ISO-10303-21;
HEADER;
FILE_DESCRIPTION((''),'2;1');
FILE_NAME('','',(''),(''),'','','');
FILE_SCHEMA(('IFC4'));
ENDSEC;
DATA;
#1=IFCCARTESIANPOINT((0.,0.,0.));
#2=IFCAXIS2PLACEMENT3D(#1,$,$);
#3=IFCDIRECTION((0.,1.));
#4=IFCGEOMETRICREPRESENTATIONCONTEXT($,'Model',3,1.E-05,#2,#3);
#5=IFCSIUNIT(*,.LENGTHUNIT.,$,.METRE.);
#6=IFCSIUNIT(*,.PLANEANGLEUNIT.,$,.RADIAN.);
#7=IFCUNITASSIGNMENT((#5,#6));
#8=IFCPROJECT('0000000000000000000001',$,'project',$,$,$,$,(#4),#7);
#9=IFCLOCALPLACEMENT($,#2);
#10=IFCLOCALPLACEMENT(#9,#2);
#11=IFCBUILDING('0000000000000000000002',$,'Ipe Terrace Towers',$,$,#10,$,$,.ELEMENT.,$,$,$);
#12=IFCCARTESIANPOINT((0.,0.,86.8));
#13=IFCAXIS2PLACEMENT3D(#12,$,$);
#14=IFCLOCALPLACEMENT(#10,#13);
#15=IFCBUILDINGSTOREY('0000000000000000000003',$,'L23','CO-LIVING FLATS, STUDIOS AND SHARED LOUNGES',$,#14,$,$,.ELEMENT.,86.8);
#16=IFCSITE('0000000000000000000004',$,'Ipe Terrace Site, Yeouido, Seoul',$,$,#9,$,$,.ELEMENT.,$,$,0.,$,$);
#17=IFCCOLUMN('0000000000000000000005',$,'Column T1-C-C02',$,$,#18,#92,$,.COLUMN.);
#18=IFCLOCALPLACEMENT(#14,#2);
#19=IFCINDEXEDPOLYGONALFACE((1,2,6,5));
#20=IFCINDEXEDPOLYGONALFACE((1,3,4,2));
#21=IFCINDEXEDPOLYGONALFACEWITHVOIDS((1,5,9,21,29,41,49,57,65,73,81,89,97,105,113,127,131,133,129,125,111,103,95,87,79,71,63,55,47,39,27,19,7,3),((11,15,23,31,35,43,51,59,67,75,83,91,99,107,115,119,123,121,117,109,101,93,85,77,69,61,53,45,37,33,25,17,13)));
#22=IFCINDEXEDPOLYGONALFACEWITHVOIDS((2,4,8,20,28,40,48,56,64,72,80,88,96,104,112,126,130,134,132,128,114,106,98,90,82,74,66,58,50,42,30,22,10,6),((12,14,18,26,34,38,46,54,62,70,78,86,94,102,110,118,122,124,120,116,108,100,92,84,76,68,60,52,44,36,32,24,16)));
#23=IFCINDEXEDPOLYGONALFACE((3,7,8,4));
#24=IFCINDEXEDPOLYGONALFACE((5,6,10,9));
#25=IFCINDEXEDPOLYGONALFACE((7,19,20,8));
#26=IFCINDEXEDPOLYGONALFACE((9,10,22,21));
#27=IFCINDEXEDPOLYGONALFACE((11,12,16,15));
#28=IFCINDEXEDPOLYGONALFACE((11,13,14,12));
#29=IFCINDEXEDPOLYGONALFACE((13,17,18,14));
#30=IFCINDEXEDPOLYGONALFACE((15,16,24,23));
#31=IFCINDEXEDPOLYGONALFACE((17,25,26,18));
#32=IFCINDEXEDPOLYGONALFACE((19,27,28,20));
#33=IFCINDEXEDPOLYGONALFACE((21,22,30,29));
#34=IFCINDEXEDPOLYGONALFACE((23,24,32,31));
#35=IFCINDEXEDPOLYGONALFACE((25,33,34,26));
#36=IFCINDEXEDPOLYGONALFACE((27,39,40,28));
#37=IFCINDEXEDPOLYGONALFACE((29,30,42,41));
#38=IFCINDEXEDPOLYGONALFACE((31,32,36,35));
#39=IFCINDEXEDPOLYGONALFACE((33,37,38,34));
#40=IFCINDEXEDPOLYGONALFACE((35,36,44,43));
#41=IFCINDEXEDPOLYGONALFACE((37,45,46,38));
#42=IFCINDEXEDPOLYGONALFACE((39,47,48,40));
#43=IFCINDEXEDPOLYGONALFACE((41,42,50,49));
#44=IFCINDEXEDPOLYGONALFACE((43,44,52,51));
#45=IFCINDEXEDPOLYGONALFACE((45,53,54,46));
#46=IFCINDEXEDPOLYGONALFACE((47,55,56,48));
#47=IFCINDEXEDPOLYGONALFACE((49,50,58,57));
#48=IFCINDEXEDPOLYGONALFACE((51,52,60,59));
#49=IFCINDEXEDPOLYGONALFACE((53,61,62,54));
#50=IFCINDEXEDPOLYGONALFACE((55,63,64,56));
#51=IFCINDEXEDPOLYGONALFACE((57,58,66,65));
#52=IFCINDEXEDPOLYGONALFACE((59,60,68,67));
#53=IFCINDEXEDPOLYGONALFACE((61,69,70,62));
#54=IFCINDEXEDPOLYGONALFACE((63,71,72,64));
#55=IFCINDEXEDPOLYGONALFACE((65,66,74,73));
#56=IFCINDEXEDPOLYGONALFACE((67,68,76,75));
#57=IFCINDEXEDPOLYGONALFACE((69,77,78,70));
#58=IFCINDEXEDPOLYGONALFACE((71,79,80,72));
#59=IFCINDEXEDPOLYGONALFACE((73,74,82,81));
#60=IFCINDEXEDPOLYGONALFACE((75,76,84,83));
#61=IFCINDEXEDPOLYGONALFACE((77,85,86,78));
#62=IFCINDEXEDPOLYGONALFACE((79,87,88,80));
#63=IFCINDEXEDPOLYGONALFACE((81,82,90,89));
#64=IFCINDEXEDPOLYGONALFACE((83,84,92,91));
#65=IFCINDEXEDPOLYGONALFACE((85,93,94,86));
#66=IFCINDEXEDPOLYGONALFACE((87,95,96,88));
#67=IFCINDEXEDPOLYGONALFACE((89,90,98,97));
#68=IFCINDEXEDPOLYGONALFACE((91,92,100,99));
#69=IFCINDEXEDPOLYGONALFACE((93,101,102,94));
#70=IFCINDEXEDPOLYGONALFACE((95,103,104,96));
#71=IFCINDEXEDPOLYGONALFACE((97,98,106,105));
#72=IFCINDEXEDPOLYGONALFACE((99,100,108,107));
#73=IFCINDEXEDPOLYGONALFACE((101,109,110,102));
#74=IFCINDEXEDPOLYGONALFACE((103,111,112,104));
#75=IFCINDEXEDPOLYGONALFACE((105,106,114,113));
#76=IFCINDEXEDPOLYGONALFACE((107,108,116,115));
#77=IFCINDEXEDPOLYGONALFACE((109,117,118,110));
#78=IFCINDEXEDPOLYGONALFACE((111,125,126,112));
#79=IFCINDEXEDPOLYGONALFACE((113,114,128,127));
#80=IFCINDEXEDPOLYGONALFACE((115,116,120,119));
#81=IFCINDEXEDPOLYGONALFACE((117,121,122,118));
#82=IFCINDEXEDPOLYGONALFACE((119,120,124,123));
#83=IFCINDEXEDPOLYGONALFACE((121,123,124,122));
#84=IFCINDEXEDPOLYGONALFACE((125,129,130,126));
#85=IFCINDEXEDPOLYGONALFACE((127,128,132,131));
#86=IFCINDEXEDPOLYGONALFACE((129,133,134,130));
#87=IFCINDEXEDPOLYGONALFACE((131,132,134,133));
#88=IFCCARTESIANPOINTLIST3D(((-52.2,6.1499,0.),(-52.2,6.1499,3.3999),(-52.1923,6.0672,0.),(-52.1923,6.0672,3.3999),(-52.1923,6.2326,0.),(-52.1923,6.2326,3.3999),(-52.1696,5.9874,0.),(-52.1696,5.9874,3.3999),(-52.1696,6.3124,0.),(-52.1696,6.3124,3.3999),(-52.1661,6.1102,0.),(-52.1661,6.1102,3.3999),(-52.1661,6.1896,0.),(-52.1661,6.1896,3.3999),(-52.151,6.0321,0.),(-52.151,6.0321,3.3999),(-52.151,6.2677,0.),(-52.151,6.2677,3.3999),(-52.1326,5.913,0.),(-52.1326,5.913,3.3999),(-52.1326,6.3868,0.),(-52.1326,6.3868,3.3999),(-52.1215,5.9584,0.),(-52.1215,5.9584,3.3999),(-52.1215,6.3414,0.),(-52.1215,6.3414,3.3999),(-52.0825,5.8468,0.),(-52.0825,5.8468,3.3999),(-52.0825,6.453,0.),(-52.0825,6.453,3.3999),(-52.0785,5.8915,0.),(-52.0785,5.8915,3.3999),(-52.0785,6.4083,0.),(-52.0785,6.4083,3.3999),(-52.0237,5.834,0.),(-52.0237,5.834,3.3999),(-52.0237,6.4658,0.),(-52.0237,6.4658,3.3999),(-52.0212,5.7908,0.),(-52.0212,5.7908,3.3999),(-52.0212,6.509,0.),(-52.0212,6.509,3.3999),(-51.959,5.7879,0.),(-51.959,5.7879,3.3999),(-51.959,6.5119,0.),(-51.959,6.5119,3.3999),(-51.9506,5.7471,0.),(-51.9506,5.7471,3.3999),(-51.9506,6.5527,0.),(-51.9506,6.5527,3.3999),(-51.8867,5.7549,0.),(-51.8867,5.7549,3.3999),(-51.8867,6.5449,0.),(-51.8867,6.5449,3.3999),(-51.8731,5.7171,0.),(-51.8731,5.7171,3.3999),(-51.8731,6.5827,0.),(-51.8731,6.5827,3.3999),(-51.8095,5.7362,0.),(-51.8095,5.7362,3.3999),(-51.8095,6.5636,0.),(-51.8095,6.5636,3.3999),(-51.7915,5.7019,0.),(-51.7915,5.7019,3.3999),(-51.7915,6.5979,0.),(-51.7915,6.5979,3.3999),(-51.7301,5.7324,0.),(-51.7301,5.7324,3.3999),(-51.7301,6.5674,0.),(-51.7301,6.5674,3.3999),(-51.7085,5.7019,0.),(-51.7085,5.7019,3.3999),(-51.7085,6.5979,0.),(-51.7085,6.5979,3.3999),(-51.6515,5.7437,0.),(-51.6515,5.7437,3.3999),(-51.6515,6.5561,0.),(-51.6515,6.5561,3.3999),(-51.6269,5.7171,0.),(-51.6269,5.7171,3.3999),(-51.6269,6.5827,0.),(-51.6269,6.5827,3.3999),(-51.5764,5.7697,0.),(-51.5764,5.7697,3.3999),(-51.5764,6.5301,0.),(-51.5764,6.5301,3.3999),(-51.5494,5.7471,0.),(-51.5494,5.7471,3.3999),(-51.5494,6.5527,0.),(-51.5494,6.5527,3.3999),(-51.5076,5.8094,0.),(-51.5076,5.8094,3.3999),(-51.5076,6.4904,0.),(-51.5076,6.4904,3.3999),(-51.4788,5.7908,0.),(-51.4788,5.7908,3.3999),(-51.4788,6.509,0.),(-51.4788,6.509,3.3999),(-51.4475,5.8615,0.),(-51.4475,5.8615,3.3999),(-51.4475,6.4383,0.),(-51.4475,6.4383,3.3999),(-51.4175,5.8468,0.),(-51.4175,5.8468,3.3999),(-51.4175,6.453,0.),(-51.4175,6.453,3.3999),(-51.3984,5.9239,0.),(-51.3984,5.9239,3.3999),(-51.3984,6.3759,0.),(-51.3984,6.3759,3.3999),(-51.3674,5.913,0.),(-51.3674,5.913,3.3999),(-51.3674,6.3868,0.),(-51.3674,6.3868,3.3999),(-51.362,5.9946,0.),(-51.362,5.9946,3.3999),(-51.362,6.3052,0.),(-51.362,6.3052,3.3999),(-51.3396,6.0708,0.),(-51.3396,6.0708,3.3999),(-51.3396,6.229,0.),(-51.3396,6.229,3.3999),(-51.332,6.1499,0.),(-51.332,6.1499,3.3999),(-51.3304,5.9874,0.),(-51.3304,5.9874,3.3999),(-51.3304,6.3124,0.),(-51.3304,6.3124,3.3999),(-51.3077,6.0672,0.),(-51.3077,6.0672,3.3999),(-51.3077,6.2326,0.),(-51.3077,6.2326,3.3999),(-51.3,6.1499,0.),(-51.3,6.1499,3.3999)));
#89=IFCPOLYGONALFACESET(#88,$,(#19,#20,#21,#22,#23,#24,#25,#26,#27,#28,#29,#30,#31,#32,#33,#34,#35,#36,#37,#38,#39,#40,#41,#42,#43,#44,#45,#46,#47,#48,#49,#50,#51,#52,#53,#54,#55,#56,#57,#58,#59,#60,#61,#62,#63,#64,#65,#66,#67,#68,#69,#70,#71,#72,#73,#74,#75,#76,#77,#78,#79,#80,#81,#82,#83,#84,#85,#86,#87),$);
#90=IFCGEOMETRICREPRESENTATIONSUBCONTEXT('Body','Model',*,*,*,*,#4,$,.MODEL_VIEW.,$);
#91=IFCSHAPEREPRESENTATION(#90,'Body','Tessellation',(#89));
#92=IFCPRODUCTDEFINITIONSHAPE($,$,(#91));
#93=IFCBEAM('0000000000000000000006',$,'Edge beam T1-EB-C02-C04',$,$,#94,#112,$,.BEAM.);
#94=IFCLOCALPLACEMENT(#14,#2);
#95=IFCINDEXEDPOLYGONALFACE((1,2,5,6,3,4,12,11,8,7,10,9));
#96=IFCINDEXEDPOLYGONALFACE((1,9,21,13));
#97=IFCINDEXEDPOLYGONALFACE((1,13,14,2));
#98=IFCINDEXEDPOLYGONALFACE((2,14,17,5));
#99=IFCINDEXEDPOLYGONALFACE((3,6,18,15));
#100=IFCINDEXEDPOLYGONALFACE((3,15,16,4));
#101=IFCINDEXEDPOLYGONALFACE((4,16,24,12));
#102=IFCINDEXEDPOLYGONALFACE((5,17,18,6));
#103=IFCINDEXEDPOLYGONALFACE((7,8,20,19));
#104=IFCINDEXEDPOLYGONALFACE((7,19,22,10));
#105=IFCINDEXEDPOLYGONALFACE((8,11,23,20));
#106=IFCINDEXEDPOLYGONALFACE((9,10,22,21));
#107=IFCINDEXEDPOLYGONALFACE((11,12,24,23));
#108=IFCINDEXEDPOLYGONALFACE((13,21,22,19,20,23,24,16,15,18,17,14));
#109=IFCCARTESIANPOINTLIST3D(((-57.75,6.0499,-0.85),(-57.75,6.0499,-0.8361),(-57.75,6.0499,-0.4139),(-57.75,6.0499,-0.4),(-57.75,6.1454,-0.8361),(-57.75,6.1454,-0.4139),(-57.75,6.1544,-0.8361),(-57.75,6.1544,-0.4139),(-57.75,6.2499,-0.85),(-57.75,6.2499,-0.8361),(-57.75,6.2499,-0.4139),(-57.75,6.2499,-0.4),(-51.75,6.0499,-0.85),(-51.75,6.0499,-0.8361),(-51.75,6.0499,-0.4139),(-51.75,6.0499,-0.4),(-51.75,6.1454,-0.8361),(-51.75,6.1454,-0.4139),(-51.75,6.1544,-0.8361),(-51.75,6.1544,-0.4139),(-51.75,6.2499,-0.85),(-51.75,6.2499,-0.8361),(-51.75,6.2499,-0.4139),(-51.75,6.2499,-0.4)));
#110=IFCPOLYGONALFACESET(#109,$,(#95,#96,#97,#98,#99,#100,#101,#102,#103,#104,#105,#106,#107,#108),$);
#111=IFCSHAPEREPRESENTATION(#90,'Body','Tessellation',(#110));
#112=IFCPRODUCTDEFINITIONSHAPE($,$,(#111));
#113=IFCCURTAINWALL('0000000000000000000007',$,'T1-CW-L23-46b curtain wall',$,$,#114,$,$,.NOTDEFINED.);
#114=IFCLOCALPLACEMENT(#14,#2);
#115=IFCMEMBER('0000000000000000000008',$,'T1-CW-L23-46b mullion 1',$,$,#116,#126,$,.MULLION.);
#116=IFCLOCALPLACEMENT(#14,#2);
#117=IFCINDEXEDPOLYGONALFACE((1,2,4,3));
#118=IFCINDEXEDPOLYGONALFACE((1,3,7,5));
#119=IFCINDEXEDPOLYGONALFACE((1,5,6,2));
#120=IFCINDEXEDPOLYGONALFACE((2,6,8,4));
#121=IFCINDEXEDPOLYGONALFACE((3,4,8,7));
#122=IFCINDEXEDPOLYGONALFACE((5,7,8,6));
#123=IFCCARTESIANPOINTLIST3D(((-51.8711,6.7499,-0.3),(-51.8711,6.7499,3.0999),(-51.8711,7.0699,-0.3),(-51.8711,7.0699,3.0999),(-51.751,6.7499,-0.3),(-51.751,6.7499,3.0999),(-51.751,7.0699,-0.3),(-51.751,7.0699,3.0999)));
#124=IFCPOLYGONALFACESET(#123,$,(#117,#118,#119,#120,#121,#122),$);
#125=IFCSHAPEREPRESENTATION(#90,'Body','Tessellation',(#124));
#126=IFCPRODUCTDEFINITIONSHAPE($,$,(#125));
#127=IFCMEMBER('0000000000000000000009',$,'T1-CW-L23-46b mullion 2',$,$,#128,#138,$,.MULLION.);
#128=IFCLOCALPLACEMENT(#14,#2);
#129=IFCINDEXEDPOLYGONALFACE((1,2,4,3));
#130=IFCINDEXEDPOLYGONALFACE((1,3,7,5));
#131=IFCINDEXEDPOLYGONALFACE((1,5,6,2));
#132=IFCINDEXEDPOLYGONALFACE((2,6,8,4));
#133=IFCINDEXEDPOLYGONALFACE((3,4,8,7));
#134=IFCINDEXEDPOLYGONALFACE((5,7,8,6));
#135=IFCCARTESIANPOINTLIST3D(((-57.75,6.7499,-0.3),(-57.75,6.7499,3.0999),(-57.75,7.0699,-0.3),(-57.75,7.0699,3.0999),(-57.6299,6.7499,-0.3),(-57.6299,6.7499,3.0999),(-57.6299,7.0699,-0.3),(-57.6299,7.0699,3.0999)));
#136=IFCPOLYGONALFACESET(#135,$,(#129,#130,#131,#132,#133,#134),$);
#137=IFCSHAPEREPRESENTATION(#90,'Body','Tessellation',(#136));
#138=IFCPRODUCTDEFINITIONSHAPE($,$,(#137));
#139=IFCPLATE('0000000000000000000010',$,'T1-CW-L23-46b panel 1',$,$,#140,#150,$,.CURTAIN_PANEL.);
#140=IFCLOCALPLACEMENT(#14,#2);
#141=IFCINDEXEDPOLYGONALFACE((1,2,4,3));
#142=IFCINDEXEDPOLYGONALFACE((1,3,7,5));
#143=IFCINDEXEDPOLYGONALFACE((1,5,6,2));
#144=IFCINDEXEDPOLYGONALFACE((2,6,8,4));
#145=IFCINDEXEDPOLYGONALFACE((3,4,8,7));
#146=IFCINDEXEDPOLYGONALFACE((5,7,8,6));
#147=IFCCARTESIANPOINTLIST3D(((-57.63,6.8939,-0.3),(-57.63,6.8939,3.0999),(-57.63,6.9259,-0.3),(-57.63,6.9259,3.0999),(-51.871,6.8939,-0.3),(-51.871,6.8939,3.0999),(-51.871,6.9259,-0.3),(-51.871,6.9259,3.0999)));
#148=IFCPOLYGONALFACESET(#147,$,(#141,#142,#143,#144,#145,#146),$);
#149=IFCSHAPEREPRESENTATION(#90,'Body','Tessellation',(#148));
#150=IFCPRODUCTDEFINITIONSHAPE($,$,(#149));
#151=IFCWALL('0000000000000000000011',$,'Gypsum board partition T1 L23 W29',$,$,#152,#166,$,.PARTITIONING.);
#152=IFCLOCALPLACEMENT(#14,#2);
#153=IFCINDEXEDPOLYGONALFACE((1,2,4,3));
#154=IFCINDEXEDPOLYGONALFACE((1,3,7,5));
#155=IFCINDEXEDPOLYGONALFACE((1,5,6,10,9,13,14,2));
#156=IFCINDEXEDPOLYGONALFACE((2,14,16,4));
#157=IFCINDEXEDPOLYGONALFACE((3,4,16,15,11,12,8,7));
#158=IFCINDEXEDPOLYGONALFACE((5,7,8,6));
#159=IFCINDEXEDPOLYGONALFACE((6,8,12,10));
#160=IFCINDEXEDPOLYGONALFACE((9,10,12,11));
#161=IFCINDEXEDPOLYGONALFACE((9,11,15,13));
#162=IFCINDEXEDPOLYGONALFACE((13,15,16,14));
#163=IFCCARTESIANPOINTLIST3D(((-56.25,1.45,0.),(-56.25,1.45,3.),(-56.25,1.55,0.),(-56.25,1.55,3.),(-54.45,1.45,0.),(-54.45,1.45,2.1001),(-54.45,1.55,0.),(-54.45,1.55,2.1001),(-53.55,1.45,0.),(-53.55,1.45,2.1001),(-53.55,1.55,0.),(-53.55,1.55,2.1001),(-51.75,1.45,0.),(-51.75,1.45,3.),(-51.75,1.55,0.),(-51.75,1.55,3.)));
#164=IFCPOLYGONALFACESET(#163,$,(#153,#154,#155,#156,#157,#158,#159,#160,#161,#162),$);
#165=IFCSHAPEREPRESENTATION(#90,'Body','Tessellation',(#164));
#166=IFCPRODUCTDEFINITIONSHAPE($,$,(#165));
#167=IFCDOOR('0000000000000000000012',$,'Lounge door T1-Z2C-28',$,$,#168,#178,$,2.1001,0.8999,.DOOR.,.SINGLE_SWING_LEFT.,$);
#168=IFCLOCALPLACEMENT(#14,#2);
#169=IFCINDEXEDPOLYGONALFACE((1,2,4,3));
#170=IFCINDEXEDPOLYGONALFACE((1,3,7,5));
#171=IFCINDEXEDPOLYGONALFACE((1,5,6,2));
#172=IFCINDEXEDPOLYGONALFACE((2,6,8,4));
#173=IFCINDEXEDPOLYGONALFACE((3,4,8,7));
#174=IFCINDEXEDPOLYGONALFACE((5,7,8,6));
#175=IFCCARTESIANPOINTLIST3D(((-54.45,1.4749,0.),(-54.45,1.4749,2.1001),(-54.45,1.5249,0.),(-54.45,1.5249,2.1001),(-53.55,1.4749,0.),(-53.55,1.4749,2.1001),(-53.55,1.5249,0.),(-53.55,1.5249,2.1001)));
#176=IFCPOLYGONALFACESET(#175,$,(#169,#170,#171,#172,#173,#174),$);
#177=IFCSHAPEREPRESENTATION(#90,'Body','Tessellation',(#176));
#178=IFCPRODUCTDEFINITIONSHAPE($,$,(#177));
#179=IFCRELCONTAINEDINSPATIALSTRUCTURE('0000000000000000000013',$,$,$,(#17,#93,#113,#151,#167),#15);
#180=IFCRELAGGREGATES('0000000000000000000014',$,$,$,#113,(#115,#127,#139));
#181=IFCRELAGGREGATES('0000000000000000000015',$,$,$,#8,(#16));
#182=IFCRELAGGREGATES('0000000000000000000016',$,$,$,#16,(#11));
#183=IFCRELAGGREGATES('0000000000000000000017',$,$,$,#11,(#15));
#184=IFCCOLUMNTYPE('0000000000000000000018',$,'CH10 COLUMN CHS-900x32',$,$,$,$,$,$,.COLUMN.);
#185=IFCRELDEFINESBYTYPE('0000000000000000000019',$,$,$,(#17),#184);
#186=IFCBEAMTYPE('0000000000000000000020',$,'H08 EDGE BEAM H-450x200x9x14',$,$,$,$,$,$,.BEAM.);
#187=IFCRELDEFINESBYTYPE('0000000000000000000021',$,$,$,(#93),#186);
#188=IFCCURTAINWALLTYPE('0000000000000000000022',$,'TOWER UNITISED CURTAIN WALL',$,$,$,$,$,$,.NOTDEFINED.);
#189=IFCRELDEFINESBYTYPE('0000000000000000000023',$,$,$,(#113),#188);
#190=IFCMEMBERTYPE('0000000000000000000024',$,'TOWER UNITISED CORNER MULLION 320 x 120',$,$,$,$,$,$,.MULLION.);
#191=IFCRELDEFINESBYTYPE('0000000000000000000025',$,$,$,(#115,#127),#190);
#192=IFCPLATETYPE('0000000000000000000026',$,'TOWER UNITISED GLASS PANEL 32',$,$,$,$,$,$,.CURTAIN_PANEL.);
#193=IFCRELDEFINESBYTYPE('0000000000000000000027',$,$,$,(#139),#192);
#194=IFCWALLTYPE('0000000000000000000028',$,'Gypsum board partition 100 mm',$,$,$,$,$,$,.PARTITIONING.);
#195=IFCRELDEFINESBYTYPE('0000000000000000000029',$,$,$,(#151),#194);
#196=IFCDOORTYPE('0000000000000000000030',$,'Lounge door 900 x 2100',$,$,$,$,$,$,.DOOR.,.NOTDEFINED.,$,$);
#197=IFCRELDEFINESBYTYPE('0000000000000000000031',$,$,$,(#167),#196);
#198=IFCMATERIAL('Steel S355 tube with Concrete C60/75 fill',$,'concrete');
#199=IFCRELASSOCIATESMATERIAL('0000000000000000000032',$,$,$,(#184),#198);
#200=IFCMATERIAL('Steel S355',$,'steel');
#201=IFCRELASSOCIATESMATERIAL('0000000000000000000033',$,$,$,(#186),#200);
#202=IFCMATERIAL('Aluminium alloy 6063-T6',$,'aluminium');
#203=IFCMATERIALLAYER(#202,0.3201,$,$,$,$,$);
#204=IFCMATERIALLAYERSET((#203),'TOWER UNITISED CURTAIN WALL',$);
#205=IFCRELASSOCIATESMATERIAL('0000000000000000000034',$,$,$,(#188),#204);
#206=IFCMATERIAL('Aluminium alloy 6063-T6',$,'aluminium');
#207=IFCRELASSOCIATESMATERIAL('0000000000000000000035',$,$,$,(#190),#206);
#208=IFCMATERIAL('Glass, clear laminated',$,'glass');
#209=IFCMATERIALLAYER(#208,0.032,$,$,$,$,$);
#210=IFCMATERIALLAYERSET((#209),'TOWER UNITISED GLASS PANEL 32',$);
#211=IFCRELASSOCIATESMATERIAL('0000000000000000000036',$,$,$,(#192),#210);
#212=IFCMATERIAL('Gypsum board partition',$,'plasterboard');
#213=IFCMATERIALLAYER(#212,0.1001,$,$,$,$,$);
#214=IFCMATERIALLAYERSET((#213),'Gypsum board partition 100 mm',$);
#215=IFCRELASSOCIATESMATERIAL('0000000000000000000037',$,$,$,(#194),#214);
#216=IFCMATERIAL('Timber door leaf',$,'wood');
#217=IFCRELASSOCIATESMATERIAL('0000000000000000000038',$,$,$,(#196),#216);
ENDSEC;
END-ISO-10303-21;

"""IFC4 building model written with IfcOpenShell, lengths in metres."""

from ifc_helpers import new_model, si_unit, direction, frame, frame_2d, origin, origin_2d, place, context, subcontext, project, spatial, rectangle, hollow_circle, i_section, extrude, material, layer, layer_set, material_profile, profile_set, type_object, element, fill, aggregate, save


model = new_model("IFC4")

# Units and contexts
model_context = context("Model", 3, precision=1e-05, world=origin(), true_north=direction((0.0, 1.0)))
body_context = subcontext(model_context, "Body", "Model", "MODEL_VIEW")
ifc_project = project(units=[si_unit("LENGTHUNIT", "METRE"), si_unit("PLANEANGLEUNIT", "RADIAN")], contexts=[model_context])

# Site, building, storey
site_placement = place(None, origin())
site = spatial("IfcSite", under=ifc_project, at=site_placement, Name="Ipe Terrace Site, Yeouido, Seoul", CompositionType="ELEMENT", RefElevation=0.0)
building_placement = place(site_placement, origin())
building = spatial("IfcBuilding", under=site, at=building_placement, Name="Ipe Terrace Towers", CompositionType="ELEMENT")
storey_placement = place(building_placement, frame((0.0, 0.0, 86.8)))
storey = spatial("IfcBuildingStorey", under=building, at=storey_placement, Name="L23", Description="CO-LIVING FLATS, STUDIOS AND SHARED LOUNGES", CompositionType="ELEMENT", Elevation=86.8)

# Column
ifc_material_1 = material(Name="Steel S355 tube with Concrete C60/75 fill", Category="concrete")
ifc_material_profile_1 = material_profile(ifc_material_1, hollow_circle(Radius=0.45, WallThickness=0.032, at=origin_2d()), Name="CHS-900x32")
ifc_profile_set_1 = profile_set([ifc_material_profile_1], Name="Steel S355 tube with Concrete C60/75 fill")
column_type = type_object("IfcColumnType", Name="CH10 COLUMN CHS-900x32", PredefinedType="COLUMN", material=ifc_profile_set_1)
column_placement = place(storey_placement, frame((-51.75, 6.1499, 0.0), z_axis=(0.0, 0.0, 1.0), x_axis=(1.0, 0.0, 0.0)))
element("IfcColumn", 1, at=column_placement, inside=storey, type_object=column_type, Name="Column T1-C-C02", PredefinedType="COLUMN", context=body_context, shape_type="SweptSolid", body=[
    extrude(hollow_circle(Radius=0.45, WallThickness=0.032, at=origin_2d()), origin(), (0.0, 0.0, 1.0), 3.3999),
])

# Beam
ifc_material_2 = material(Name="Steel S355", Category="steel")
ifc_material_profile_2 = material_profile(ifc_material_2, i_section(OverallWidth=0.2, OverallDepth=0.45, WebThickness=0.009, FlangeThickness=0.0139, at=origin_2d()), Name="H-450x200x9x14")
ifc_profile_set_2 = profile_set([ifc_material_profile_2], Name="Steel S355")
beam_type = type_object("IfcBeamType", Name="H08 EDGE BEAM H-450x200x9x14", PredefinedType="BEAM", material=ifc_profile_set_2)
beam_placement = place(storey_placement, frame((-51.75, 6.1499, -0.625), z_axis=(-1.0, 0.0, 0.0), x_axis=(0.0, -1.0, 0.0)))
element("IfcBeam", 2, at=beam_placement, inside=storey, type_object=beam_type, Name="Edge beam T1-EB-C02-C04", PredefinedType="BEAM", context=body_context, shape_type="SweptSolid", body=[
    extrude(i_section(OverallWidth=0.2, OverallDepth=0.45, WebThickness=0.009, FlangeThickness=0.0139, at=origin_2d()), origin(), (0.0, 0.0, 1.0), 6.0),
])

# Curtain wall, members, plate
ifc_material_3 = material(Name="Aluminium alloy 6063-T6", Category="aluminium")
ifc_layer_1 = layer(ifc_material_3, 0.3201)
ifc_layer_set_1 = layer_set([ifc_layer_1], Name="TOWER UNITISED CURTAIN WALL")
curtain_wall_type = type_object("IfcCurtainWallType", Name="TOWER UNITISED CURTAIN WALL", PredefinedType="NOTDEFINED", material=ifc_layer_set_1)
curtain_wall_placement = place(storey_placement, origin())
curtain_wall = element("IfcCurtainWall", 3, at=curtain_wall_placement, inside=storey, type_object=curtain_wall_type, Name="T1-CW-L23-46b curtain wall", PredefinedType="NOTDEFINED")
ifc_material_4 = material(Name="Aluminium alloy 6063-T6", Category="aluminium")
ifc_material_profile_3 = material_profile(ifc_material_4, rectangle(XDim=0.3201, YDim=0.1201, at=origin_2d()), Name="TOWER UNITISED CORNER MULLION 320 x 120")
ifc_profile_set_3 = profile_set([ifc_material_profile_3], Name="Aluminium alloy 6063-T6")
member_type = type_object("IfcMemberType", Name="TOWER UNITISED CORNER MULLION 320 x 120", PredefinedType="MULLION", material=ifc_profile_set_3)
member_1_placement = place(storey_placement, frame((-51.811, 6.9099, -0.3), z_axis=(0.0, 0.0, 1.0), x_axis=(0.0, 1.0, 0.0)))
member_1 = element("IfcMember", 4, at=member_1_placement, type_object=member_type, Name="T1-CW-L23-46b mullion 1", PredefinedType="MULLION", context=body_context, shape_type="SweptSolid", body=[
    extrude(rectangle(XDim=0.3201, YDim=0.1201, at=origin_2d()), origin(), (0.0, 0.0, 1.0), 3.3999),
])
member_2_placement = place(storey_placement, frame((-57.6899, 6.9099, -0.3), z_axis=(0.0, 0.0, 1.0), x_axis=(0.0, 1.0, 0.0)))
member_2 = element("IfcMember", 5, at=member_2_placement, type_object=member_type, Name="T1-CW-L23-46b mullion 2", PredefinedType="MULLION", context=body_context, shape_type="SweptSolid", body=[
    extrude(rectangle(XDim=0.3201, YDim=0.1201, at=origin_2d()), origin(), (0.0, 0.0, 1.0), 3.3999),
])
ifc_material_5 = material(Name="Glass, clear laminated", Category="glass")
ifc_layer_2 = layer(ifc_material_5, 0.032)
ifc_layer_set_2 = layer_set([ifc_layer_2], Name="TOWER UNITISED GLASS PANEL 32")
plate_type = type_object("IfcPlateType", Name="TOWER UNITISED GLASS PANEL 32", PredefinedType="CURTAIN_PANEL", material=ifc_layer_set_2)
plate_placement = place(storey_placement, frame((-54.7505, 6.9099, -0.3), z_axis=(0.0, 0.0, 1.0), x_axis=(-1.0, 0.0, 0.0)))
plate = element("IfcPlate", 6, at=plate_placement, type_object=plate_type, Name="T1-CW-L23-46b panel 1", PredefinedType="CURTAIN_PANEL", context=body_context, shape_type="SweptSolid", body=[
    extrude(rectangle(XDim=5.759, YDim=0.032, at=origin_2d()), origin(), (0.0, 0.0, 1.0), 3.3999),
])
aggregate(curtain_wall, [member_1, member_2, plate])

# Wall, opening, door
ifc_material_6 = material(Name="Gypsum board partition", Category="plasterboard")
ifc_layer_3 = layer(ifc_material_6, 0.1001)
ifc_layer_set_3 = layer_set([ifc_layer_3], Name="Gypsum board partition 100 mm")
wall_type_1 = type_object("IfcWallType", Name="Gypsum board partition 100 mm", PredefinedType="PARTITIONING", material=ifc_layer_set_3)
wall_1_placement = place(storey_placement, frame((-56.25, 1.5, 0.0), z_axis=(0.0, 0.0, 1.0), x_axis=(1.0, 0.0, 0.0)))
wall_1 = element("IfcWall", 7, at=wall_1_placement, inside=storey, type_object=wall_type_1, Name="Gypsum board partition T1 L23 W29", PredefinedType="PARTITIONING", context=body_context, shape_type="SweptSolid", body=[
    extrude(rectangle(XDim=4.5, YDim=0.1001, at=frame_2d((2.25, 0.0))), origin(), (0.0, 0.0, 1.0), 3.0),
])
opening_1_placement = place(wall_1_placement, frame((1.8, 0.0, 0.0)))
opening_1 = element("IfcOpeningElement", 8, at=opening_1_placement, cuts=wall_1, PredefinedType="OPENING", context=body_context, shape_type="SweptSolid", body=[
    extrude(rectangle(XDim=0.8999, YDim=2.1001, at=frame_2d((0.45, 1.05))), frame((0.0, 0.0601, 0.0), z_axis=(0.0, -1.0, 0.0), x_axis=(1.0, 0.0, 0.0)), (0.0, 0.0, 1.0), 0.1201),
])
ifc_material_7 = material(Name="Timber door leaf", Category="wood")
door_type_1 = type_object("IfcDoorType", Name="Lounge door 900 x 2100", OperationType="NOTDEFINED", PredefinedType="DOOR", material=ifc_material_7)
door_1_placement = place(opening_1_placement, origin())
door_1 = element("IfcDoor", 9, at=door_1_placement, inside=storey, type_object=door_type_1, Name="Lounge door T1-Z2C-28", OperationType="SINGLE_SWING_LEFT", OverallHeight=2.1001, OverallWidth=0.8999, PredefinedType="DOOR", context=body_context, shape_type="SweptSolid", body=[
    extrude(rectangle(XDim=0.8999, YDim=2.1001, at=frame_2d((0.45, 1.05))), frame((0.0, 0.0249, 0.0), z_axis=(0.0, -1.0, 0.0), x_axis=(1.0, 0.0, 0.0)), (0.0, 0.0, 1.0), 0.05),
])
fill(opening_1, door_1)

save(model, "model.ifc")
